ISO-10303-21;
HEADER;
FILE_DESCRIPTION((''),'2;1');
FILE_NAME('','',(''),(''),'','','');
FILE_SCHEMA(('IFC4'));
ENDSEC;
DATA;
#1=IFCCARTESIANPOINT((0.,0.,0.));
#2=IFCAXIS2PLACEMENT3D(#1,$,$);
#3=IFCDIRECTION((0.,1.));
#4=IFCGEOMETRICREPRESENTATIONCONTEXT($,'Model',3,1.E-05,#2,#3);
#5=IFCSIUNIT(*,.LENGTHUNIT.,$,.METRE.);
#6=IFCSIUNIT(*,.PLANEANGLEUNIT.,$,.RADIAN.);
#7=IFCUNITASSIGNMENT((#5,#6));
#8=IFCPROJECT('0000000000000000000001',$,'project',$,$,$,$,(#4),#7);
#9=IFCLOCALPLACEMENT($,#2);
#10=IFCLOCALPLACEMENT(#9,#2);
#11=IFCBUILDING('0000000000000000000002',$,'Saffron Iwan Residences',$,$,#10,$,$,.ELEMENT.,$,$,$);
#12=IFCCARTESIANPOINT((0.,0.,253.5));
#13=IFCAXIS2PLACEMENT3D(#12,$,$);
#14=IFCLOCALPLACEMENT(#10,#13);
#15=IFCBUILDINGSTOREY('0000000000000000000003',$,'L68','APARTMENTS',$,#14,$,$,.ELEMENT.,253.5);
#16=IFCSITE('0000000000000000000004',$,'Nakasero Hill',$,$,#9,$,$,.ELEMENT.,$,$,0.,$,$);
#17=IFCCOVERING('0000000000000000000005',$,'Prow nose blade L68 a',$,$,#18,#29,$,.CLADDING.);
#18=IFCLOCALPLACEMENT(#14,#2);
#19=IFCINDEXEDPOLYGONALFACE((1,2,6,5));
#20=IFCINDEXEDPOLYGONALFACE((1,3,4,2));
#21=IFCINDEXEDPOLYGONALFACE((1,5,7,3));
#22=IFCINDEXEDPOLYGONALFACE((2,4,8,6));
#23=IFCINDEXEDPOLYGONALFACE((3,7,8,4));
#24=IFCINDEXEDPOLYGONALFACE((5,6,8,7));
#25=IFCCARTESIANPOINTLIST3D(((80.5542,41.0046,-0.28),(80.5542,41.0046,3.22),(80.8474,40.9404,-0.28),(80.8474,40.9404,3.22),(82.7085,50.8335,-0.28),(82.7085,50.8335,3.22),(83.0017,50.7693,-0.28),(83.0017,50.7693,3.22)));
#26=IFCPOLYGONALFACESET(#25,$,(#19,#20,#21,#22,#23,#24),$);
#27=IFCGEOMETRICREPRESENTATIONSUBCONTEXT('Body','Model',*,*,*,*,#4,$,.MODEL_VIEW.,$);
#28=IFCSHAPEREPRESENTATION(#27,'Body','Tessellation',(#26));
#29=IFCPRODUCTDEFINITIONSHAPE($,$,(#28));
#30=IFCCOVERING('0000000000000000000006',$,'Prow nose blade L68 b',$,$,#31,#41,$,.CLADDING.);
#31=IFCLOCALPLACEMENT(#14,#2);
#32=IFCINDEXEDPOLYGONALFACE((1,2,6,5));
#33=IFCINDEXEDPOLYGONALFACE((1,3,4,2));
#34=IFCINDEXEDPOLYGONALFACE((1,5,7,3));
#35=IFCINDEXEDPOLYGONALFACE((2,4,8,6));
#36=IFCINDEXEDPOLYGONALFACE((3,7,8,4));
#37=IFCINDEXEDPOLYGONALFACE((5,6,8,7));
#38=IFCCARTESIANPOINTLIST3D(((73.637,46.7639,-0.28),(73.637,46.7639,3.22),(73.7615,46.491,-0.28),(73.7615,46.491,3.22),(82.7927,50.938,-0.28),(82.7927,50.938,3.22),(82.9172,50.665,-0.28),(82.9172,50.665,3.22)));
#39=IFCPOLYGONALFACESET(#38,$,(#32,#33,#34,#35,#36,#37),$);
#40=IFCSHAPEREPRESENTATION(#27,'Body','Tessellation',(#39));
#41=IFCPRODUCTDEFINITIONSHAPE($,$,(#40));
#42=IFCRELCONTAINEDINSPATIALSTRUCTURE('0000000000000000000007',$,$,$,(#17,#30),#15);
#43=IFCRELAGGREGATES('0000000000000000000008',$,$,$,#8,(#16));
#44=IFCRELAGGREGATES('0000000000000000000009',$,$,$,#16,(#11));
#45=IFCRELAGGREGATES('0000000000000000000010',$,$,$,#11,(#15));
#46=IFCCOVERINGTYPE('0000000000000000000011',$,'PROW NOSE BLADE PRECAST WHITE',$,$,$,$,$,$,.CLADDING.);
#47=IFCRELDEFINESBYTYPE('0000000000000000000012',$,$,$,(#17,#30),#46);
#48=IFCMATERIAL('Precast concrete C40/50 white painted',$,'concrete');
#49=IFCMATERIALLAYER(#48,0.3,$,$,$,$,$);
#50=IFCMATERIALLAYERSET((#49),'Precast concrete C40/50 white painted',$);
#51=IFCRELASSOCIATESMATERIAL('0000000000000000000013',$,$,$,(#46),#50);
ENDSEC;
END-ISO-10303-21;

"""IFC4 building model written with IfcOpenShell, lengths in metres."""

from ifc_helpers import new_model, si_unit, direction, frame, origin, place, context, subcontext, project, spatial, polyline, outline, extrude, material, layer, layer_set, type_object, element, save


model = new_model("IFC4")

# Units and contexts
model_context = context("Model", 3, precision=1e-05, world=origin(), true_north=direction((0.0, 1.0)))
body_context = subcontext(model_context, "Body", "Model", "MODEL_VIEW")
ifc_project = project(units=[si_unit("LENGTHUNIT", "METRE"), si_unit("PLANEANGLEUNIT", "RADIAN")], contexts=[model_context])

# Site, building, storey
site_placement = place(None, origin())
site = spatial("IfcSite", under=ifc_project, at=site_placement, Name="Nakasero Hill", CompositionType="ELEMENT", RefElevation=0.0)
building_placement = place(site_placement, origin())
building = spatial("IfcBuilding", under=site, at=building_placement, Name="Saffron Iwan Residences", CompositionType="ELEMENT")
storey_placement = place(building_placement, frame((0.0, 0.0, 253.5)))
storey = spatial("IfcBuildingStorey", under=building, at=storey_placement, Name="L68", Description="APARTMENTS", CompositionType="ELEMENT", Elevation=253.5)

# Coverings
ifc_material_1 = material(Name="Precast concrete C40/50 white painted", Category="concrete")
ifc_layer_1 = layer(ifc_material_1, 0.3)
ifc_layer_set_1 = layer_set([ifc_layer_1], Name="Precast concrete C40/50 white painted")
covering_type_1 = type_object("IfcCoveringType", Name="PROW NOSE BLADE PRECAST WHITE", PredefinedType="CLADDING", material=ifc_layer_set_1)
covering_1_placement = place(storey_placement, frame((0.0, 0.0, -0.28)))
element("IfcCovering", 1, at=covering_1_placement, inside=storey, type_object=covering_type_1, Name="Prow nose blade L68 a", PredefinedType="CLADDING", context=body_context, shape_type="SweptSolid", body=[
    extrude(outline(polyline([(80.8474, 40.9404), (83.0017, 50.7693), (82.7085, 50.8335), (80.5542, 41.0046), (80.8474, 40.9404)])), origin(), (0.0, 0.0, 1.0), 3.5),
])
covering_2_placement = place(storey_placement, frame((0.0, 0.0, -0.28)))
element("IfcCovering", 2, at=covering_2_placement, inside=storey, type_object=covering_type_1, Name="Prow nose blade L68 b", PredefinedType="CLADDING", context=body_context, shape_type="SweptSolid", body=[
    extrude(outline(polyline([(73.7615, 46.491), (82.9172, 50.665), (82.7927, 50.938), (73.637, 46.7639), (73.7615, 46.491)])), origin(), (0.0, 0.0, 1.0), 3.5),
])

save(model, "model.ifc")
